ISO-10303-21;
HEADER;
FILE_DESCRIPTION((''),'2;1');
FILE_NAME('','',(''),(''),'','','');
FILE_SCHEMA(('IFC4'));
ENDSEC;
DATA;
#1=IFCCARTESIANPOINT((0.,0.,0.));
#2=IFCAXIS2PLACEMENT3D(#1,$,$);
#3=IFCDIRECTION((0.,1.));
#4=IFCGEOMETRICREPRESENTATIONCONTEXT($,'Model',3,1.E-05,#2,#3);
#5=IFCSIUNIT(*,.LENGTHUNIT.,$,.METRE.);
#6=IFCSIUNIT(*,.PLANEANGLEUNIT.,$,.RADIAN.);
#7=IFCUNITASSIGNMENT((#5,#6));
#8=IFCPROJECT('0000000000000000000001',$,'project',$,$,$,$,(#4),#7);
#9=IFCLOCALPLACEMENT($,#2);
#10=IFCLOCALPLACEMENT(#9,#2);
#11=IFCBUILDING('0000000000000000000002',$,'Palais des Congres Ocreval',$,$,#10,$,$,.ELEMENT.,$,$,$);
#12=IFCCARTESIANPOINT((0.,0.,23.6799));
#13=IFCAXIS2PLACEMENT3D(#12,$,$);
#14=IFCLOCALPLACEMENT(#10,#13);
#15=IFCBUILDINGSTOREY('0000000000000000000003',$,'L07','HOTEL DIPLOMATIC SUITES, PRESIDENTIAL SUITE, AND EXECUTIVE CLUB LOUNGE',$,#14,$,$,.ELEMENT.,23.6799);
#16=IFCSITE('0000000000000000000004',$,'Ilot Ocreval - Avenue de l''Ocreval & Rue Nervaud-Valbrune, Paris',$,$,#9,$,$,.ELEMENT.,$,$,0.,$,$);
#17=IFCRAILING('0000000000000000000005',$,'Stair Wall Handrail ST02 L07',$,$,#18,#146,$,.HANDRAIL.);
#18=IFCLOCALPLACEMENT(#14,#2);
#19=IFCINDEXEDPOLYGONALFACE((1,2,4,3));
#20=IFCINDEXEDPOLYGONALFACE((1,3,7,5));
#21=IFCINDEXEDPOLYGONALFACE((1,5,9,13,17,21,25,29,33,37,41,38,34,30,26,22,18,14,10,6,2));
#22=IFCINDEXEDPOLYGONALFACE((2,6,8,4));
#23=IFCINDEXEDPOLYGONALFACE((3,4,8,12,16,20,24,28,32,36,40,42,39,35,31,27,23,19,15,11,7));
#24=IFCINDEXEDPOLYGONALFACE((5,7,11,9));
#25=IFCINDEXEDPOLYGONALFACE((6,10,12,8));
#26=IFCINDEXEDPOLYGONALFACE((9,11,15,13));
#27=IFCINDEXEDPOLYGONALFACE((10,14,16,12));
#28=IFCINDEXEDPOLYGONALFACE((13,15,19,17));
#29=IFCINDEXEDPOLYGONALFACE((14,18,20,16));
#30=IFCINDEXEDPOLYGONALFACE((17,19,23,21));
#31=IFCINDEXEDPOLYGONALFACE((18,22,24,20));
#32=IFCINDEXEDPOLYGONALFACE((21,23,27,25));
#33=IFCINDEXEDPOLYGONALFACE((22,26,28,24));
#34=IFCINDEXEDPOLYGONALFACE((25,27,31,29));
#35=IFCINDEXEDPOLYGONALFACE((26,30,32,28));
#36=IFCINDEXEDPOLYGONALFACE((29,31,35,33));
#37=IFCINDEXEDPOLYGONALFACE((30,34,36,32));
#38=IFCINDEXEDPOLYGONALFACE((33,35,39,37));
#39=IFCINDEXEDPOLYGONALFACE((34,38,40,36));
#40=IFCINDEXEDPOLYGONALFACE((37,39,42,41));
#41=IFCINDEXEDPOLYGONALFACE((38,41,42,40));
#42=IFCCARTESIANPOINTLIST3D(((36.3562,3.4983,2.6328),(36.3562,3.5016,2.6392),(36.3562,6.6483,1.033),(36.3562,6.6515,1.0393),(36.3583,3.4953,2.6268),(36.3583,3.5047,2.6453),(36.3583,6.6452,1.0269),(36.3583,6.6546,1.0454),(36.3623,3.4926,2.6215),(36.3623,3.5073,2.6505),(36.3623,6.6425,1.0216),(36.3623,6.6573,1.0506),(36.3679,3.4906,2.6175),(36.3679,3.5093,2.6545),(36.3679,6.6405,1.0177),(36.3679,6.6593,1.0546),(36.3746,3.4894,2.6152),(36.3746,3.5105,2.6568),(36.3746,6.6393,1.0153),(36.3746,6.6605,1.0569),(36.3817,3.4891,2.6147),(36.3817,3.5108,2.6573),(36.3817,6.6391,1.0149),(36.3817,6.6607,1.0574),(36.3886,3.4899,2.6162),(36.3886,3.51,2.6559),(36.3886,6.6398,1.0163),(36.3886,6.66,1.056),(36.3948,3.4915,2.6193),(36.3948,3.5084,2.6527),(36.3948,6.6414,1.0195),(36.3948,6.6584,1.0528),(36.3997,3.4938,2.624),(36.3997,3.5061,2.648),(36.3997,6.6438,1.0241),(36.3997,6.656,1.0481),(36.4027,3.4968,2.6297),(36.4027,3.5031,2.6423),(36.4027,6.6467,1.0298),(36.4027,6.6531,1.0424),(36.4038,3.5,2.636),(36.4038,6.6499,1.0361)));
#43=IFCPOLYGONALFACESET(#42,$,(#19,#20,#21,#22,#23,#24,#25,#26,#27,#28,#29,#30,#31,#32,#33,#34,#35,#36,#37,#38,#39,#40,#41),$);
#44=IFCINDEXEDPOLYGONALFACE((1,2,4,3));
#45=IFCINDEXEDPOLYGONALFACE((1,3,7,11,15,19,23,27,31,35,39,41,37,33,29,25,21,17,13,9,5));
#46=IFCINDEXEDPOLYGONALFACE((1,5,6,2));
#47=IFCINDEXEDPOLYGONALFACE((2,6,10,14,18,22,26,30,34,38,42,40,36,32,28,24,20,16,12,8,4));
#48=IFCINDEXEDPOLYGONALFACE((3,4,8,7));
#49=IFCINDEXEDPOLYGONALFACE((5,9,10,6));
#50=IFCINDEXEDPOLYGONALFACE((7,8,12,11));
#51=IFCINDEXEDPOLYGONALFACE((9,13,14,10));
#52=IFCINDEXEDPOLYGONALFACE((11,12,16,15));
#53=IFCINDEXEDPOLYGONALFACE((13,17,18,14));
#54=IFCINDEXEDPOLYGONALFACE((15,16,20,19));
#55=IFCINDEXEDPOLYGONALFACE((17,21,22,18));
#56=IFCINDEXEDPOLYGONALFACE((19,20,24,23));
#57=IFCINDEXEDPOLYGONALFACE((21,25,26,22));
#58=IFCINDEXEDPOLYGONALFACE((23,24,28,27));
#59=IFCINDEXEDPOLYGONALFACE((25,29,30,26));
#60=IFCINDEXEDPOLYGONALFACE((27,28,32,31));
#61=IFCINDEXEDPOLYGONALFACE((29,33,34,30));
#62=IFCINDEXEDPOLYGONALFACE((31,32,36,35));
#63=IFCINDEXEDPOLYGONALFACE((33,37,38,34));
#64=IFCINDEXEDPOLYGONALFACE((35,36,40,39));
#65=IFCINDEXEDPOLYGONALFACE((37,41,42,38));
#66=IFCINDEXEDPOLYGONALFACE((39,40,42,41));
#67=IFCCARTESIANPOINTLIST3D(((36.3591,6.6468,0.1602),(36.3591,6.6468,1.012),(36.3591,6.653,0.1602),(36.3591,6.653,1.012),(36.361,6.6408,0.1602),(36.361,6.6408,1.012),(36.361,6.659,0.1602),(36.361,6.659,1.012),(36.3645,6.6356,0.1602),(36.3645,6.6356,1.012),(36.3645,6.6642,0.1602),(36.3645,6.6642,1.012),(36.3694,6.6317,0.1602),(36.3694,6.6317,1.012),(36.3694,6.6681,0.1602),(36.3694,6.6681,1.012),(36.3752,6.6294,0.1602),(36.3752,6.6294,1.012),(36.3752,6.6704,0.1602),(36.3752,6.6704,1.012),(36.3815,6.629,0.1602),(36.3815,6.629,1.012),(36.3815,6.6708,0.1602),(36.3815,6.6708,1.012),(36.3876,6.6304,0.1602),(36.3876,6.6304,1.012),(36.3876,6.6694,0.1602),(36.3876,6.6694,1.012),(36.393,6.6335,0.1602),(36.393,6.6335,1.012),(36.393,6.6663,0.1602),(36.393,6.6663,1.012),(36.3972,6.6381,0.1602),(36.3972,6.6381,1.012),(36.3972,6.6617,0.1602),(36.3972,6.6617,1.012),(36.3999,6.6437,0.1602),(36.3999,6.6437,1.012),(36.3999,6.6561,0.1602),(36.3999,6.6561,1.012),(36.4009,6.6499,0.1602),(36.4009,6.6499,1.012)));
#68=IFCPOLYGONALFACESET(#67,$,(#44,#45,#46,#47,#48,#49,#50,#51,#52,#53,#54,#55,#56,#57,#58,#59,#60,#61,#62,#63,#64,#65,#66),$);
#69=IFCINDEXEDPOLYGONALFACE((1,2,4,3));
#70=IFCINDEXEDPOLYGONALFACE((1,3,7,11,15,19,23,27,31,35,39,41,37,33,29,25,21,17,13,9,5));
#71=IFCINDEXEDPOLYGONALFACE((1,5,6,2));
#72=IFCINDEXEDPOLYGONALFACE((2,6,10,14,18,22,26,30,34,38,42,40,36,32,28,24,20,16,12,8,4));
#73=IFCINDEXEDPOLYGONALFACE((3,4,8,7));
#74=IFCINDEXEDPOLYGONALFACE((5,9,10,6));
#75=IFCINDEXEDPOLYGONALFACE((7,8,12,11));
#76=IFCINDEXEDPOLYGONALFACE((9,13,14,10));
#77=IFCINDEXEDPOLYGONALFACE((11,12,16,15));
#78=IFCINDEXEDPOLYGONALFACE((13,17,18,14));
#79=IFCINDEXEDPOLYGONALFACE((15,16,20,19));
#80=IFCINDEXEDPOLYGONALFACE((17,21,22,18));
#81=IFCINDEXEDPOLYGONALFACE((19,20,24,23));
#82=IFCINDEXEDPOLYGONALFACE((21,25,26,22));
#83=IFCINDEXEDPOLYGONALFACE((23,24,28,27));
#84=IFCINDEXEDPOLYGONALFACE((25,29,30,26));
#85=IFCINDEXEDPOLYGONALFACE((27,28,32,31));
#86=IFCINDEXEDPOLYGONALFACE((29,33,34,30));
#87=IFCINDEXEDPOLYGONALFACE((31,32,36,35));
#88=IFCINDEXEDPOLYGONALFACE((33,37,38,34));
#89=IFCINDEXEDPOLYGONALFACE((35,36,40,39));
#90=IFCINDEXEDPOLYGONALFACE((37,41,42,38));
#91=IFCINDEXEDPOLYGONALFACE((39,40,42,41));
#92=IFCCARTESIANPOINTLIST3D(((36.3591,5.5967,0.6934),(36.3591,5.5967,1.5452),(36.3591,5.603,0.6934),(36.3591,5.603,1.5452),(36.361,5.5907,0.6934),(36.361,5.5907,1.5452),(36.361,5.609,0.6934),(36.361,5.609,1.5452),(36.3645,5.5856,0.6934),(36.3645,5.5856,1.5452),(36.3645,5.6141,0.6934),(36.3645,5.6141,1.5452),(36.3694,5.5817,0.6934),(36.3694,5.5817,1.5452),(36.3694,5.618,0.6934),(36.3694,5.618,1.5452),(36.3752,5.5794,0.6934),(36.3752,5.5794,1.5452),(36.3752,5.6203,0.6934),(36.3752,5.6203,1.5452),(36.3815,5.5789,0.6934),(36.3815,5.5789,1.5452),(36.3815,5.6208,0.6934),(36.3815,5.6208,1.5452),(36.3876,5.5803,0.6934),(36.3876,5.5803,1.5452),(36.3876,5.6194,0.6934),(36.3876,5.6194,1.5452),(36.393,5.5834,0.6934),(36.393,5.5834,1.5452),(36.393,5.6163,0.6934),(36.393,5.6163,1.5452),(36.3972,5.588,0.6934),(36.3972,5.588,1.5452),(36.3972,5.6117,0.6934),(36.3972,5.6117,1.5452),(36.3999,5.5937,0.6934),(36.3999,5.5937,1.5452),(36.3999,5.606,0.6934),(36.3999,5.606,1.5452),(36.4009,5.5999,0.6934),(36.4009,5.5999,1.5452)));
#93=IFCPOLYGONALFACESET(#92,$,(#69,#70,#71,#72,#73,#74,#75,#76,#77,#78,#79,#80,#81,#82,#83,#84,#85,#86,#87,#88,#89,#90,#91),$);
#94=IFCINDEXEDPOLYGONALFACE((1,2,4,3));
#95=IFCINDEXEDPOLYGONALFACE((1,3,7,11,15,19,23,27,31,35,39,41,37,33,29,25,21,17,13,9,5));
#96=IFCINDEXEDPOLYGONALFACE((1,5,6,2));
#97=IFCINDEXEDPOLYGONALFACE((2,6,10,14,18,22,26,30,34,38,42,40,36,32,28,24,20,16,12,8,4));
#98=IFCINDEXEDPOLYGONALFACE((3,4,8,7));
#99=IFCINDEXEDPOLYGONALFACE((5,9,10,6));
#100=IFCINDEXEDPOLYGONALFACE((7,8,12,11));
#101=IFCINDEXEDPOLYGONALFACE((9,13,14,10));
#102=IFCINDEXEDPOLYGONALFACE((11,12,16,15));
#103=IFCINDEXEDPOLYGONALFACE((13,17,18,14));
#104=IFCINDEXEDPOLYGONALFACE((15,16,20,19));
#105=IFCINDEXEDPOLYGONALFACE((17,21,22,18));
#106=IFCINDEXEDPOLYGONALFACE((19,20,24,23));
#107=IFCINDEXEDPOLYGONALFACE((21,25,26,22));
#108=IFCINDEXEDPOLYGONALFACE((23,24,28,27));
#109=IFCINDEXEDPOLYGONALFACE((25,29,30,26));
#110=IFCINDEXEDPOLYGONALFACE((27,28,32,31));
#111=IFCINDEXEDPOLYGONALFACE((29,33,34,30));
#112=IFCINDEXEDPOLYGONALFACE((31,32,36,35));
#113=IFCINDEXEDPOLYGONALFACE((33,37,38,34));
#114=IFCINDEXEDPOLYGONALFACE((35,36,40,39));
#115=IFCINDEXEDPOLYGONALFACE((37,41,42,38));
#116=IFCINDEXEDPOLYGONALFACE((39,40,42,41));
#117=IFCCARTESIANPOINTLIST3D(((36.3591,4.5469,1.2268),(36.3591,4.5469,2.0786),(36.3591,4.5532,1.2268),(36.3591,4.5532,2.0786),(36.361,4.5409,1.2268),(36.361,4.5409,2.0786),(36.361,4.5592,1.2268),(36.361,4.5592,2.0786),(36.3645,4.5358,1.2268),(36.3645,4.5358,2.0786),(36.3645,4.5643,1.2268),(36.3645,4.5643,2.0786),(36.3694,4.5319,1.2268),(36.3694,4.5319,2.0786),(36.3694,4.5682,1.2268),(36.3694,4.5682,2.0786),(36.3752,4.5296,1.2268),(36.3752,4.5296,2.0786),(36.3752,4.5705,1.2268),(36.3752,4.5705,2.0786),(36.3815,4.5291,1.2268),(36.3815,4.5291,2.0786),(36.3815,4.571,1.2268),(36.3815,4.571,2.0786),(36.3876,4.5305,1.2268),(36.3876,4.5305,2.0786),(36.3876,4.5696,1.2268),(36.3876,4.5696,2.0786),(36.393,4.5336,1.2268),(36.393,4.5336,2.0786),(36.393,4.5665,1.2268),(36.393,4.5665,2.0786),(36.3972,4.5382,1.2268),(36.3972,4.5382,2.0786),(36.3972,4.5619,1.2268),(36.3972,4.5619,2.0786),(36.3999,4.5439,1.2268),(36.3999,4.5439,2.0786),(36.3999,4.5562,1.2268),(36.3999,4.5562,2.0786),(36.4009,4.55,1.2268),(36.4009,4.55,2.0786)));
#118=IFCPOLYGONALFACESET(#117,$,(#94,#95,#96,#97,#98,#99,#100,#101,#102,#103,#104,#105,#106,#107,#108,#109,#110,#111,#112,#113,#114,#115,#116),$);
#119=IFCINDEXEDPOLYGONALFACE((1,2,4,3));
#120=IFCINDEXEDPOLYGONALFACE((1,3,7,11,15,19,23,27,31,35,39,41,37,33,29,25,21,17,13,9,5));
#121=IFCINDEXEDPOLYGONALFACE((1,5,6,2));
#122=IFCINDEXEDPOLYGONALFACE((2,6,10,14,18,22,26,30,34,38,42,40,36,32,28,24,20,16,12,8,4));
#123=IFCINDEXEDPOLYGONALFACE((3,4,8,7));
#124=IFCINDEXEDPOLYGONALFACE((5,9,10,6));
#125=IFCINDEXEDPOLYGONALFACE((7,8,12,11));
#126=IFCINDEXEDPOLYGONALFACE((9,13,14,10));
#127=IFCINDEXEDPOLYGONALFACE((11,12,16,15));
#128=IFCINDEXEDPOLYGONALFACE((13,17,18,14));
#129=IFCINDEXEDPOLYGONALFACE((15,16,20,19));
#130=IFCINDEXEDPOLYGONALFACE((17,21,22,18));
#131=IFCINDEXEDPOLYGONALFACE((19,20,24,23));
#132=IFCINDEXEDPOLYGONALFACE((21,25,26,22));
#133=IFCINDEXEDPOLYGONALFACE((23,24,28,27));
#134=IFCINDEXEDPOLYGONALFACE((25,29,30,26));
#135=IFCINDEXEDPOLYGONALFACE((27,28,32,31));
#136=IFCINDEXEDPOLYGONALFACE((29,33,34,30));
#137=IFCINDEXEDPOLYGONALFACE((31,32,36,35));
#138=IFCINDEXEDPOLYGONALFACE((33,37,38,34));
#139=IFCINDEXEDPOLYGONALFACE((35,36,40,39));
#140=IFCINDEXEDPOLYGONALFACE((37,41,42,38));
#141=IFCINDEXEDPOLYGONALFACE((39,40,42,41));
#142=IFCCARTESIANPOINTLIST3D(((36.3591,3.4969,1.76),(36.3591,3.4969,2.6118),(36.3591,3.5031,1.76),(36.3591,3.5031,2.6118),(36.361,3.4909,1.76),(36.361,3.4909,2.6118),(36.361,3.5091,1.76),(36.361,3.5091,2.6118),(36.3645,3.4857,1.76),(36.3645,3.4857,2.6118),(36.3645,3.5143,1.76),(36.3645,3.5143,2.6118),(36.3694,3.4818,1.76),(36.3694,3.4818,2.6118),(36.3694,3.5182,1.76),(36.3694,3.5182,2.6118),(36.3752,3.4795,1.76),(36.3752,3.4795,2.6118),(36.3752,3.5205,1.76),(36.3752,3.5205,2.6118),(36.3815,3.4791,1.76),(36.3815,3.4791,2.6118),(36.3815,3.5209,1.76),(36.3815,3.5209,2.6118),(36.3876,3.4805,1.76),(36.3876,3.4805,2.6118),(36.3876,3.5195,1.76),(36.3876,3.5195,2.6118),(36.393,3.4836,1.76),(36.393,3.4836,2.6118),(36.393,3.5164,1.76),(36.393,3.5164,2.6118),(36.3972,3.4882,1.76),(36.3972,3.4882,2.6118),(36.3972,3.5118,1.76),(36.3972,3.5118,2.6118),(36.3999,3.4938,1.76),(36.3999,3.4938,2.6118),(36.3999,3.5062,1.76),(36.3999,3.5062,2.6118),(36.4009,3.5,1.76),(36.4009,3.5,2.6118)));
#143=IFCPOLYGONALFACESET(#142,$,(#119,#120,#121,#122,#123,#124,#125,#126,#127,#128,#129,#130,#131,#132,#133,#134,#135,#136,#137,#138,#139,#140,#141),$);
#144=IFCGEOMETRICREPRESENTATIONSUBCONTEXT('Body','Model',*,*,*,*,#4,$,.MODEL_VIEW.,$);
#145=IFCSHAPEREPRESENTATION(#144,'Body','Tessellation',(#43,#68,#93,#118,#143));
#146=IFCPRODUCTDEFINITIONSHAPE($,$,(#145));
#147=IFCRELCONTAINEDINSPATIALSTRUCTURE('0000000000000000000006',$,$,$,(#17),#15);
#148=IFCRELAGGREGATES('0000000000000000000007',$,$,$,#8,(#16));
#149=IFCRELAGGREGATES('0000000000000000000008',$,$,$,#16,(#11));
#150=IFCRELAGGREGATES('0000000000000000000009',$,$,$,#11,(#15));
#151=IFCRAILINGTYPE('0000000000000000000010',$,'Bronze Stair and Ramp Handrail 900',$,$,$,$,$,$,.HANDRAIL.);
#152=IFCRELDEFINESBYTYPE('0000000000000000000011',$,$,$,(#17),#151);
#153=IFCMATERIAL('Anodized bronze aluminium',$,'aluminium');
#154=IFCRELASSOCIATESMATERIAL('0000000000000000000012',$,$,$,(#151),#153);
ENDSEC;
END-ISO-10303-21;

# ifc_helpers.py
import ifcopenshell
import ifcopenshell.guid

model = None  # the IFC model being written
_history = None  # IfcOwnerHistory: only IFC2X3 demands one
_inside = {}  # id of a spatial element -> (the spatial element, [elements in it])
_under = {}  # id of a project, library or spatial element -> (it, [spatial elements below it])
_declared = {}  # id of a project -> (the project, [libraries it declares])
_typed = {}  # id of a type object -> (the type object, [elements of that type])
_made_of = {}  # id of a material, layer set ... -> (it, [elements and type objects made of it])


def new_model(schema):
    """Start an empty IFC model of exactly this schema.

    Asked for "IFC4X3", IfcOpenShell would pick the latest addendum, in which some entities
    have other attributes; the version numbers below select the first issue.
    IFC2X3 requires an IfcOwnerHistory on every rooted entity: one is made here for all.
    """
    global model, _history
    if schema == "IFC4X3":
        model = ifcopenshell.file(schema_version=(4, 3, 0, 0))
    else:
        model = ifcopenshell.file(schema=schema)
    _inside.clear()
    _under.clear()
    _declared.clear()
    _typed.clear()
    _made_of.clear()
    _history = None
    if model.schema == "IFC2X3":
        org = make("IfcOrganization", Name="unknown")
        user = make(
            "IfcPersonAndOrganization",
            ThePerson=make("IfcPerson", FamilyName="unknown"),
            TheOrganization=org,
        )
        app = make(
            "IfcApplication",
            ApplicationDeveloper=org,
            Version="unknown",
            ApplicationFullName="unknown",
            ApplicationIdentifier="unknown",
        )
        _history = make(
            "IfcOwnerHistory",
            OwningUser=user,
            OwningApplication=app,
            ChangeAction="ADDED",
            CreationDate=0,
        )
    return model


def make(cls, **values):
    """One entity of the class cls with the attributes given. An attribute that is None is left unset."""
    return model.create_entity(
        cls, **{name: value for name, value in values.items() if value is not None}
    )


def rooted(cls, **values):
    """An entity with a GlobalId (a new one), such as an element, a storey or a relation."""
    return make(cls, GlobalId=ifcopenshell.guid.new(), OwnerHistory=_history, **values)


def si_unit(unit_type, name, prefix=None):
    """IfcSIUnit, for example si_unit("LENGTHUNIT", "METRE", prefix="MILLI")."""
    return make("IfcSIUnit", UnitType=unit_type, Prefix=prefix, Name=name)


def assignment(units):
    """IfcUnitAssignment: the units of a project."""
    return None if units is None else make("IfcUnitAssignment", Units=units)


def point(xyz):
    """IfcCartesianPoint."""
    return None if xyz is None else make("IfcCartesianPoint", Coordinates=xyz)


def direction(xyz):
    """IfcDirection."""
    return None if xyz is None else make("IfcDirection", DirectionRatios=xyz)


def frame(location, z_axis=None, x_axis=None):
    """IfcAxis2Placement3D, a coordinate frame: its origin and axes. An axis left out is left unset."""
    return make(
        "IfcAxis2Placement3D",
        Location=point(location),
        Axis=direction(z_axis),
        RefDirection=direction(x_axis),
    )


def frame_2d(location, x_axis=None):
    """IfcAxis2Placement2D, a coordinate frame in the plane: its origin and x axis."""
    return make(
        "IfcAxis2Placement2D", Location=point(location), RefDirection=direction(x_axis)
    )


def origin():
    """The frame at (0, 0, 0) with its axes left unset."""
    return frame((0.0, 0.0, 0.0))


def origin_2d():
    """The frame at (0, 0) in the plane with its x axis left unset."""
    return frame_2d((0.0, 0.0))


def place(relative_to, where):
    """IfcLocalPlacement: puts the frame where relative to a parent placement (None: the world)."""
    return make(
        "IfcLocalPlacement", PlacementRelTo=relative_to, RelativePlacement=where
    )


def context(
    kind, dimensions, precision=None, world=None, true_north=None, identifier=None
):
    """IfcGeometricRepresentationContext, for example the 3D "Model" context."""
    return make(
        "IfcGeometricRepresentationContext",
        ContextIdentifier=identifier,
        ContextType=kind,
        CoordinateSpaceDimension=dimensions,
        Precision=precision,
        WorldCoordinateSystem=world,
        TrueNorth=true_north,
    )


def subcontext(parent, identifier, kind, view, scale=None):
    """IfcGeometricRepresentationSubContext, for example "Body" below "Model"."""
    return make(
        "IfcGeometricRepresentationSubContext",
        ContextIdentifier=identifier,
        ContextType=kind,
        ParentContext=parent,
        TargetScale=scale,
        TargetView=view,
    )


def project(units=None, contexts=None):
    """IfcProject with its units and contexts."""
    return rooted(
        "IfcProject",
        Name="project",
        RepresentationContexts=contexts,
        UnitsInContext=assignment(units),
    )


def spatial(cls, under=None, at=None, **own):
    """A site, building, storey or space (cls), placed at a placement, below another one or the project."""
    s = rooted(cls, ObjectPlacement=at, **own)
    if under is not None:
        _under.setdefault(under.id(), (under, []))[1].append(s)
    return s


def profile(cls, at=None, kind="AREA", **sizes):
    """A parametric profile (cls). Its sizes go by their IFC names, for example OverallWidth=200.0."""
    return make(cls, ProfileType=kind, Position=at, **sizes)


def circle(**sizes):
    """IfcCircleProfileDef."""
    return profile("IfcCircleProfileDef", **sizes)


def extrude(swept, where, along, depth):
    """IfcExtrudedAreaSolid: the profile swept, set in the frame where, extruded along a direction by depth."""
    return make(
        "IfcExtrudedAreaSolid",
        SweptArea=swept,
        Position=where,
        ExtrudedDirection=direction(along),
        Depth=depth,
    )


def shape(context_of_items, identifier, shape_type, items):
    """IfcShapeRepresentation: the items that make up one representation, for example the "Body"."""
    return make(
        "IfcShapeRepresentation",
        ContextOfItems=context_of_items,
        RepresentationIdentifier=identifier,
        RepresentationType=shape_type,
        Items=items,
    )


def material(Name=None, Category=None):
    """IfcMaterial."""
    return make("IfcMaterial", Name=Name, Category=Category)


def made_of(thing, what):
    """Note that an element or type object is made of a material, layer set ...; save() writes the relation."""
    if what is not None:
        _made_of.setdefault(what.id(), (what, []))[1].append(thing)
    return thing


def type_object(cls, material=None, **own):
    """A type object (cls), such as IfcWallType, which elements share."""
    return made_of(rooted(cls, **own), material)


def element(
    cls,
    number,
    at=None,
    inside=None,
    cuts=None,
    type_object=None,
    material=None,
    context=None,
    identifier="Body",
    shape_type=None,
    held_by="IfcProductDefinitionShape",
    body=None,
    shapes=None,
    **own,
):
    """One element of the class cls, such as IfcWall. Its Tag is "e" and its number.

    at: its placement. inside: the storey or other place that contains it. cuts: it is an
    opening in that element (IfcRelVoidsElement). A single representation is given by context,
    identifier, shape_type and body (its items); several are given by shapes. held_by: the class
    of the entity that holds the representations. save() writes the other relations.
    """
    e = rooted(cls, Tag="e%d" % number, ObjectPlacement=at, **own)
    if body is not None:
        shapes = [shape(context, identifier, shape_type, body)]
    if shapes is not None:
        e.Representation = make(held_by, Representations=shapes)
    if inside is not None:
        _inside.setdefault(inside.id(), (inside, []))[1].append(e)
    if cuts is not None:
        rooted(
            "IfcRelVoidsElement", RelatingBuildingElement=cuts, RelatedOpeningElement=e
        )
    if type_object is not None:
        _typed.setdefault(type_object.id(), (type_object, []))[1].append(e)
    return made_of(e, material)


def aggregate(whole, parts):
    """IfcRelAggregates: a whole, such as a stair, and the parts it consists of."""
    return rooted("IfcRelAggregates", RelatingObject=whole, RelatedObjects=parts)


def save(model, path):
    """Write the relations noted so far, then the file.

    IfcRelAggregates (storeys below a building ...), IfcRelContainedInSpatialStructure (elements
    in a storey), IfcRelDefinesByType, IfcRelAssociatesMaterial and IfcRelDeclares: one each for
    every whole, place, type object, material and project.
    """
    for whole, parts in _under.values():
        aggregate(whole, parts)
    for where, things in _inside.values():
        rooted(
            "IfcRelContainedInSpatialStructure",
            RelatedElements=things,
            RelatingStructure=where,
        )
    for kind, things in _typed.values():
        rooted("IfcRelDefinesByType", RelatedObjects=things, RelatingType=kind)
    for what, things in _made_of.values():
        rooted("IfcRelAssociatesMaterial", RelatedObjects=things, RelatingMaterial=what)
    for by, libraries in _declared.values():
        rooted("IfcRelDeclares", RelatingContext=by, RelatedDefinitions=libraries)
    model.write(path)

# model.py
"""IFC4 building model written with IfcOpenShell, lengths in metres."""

from ifc_helpers import new_model, si_unit, direction, frame, origin, origin_2d, place, context, subcontext, project, spatial, circle, extrude, material, type_object, element, save


model = new_model("IFC4")

# Units and contexts
model_context = context("Model", 3, precision=1e-05, world=origin(), true_north=direction((0.0, 1.0)))
body_context = subcontext(model_context, "Body", "Model", "MODEL_VIEW")
ifc_project = project(units=[si_unit("LENGTHUNIT", "METRE"), si_unit("PLANEANGLEUNIT", "RADIAN")], contexts=[model_context])

# Site, building, storey
site_placement = place(None, origin())
site = spatial("IfcSite", under=ifc_project, at=site_placement, Name="Ilot Ocreval - Avenue de l'Ocreval & Rue Nervaud-Valbrune, Paris", CompositionType="ELEMENT", RefElevation=0.0)
building_placement = place(site_placement, origin())
building = spatial("IfcBuilding", under=site, at=building_placement, Name="Palais des Congres Ocreval", CompositionType="ELEMENT")
storey_placement = place(building_placement, frame((0.0, 0.0, 23.6799)))
storey = spatial("IfcBuildingStorey", under=building, at=storey_placement, Name="L07", Description="HOTEL DIPLOMATIC SUITES, PRESIDENTIAL SUITE, AND EXECUTIVE CLUB LOUNGE", CompositionType="ELEMENT", Elevation=23.6799)

# Railing
ifc_material_1 = material(Name="Anodized bronze aluminium", Category="aluminium")
railing_type_1 = type_object("IfcRailingType", Name="Bronze Stair and Ramp Handrail 900", PredefinedType="HANDRAIL", material=ifc_material_1)
railing_1_placement = place(storey_placement, frame((36.3799, 6.6499, 0.1602)))
element("IfcRailing", 1, at=railing_1_placement, inside=storey, type_object=railing_type_1, Name="Stair Wall Handrail ST02 L07", PredefinedType="HANDRAIL", context=body_context, shape_type="SweptSolid", body=[
    extrude(circle(Radius=0.0239, at=origin_2d()), frame((0.0, 0.0, 0.876), z_axis=(0.0, -0.89159, 0.452844), x_axis=(1.0, 0.0, 0.0)), (0.0, 0.0, 1.0), 3.533),
    extrude(circle(Radius=0.021, at=origin_2d()), origin(), (0.0, 0.0, 1.0), 0.8518),
    extrude(circle(Radius=0.021, at=origin_2d()), frame((0.0, -1.05, 0.5332)), (0.0, 0.0, 1.0), 0.8518),
    extrude(circle(Radius=0.021, at=origin_2d()), frame((0.0, -2.0999, 1.0667)), (0.0, 0.0, 1.0), 0.8518),
    extrude(circle(Radius=0.021, at=origin_2d()), frame((0.0, -3.1499, 1.5999)), (0.0, 0.0, 1.0), 0.8518),
])

save(model, "model.ifc")
